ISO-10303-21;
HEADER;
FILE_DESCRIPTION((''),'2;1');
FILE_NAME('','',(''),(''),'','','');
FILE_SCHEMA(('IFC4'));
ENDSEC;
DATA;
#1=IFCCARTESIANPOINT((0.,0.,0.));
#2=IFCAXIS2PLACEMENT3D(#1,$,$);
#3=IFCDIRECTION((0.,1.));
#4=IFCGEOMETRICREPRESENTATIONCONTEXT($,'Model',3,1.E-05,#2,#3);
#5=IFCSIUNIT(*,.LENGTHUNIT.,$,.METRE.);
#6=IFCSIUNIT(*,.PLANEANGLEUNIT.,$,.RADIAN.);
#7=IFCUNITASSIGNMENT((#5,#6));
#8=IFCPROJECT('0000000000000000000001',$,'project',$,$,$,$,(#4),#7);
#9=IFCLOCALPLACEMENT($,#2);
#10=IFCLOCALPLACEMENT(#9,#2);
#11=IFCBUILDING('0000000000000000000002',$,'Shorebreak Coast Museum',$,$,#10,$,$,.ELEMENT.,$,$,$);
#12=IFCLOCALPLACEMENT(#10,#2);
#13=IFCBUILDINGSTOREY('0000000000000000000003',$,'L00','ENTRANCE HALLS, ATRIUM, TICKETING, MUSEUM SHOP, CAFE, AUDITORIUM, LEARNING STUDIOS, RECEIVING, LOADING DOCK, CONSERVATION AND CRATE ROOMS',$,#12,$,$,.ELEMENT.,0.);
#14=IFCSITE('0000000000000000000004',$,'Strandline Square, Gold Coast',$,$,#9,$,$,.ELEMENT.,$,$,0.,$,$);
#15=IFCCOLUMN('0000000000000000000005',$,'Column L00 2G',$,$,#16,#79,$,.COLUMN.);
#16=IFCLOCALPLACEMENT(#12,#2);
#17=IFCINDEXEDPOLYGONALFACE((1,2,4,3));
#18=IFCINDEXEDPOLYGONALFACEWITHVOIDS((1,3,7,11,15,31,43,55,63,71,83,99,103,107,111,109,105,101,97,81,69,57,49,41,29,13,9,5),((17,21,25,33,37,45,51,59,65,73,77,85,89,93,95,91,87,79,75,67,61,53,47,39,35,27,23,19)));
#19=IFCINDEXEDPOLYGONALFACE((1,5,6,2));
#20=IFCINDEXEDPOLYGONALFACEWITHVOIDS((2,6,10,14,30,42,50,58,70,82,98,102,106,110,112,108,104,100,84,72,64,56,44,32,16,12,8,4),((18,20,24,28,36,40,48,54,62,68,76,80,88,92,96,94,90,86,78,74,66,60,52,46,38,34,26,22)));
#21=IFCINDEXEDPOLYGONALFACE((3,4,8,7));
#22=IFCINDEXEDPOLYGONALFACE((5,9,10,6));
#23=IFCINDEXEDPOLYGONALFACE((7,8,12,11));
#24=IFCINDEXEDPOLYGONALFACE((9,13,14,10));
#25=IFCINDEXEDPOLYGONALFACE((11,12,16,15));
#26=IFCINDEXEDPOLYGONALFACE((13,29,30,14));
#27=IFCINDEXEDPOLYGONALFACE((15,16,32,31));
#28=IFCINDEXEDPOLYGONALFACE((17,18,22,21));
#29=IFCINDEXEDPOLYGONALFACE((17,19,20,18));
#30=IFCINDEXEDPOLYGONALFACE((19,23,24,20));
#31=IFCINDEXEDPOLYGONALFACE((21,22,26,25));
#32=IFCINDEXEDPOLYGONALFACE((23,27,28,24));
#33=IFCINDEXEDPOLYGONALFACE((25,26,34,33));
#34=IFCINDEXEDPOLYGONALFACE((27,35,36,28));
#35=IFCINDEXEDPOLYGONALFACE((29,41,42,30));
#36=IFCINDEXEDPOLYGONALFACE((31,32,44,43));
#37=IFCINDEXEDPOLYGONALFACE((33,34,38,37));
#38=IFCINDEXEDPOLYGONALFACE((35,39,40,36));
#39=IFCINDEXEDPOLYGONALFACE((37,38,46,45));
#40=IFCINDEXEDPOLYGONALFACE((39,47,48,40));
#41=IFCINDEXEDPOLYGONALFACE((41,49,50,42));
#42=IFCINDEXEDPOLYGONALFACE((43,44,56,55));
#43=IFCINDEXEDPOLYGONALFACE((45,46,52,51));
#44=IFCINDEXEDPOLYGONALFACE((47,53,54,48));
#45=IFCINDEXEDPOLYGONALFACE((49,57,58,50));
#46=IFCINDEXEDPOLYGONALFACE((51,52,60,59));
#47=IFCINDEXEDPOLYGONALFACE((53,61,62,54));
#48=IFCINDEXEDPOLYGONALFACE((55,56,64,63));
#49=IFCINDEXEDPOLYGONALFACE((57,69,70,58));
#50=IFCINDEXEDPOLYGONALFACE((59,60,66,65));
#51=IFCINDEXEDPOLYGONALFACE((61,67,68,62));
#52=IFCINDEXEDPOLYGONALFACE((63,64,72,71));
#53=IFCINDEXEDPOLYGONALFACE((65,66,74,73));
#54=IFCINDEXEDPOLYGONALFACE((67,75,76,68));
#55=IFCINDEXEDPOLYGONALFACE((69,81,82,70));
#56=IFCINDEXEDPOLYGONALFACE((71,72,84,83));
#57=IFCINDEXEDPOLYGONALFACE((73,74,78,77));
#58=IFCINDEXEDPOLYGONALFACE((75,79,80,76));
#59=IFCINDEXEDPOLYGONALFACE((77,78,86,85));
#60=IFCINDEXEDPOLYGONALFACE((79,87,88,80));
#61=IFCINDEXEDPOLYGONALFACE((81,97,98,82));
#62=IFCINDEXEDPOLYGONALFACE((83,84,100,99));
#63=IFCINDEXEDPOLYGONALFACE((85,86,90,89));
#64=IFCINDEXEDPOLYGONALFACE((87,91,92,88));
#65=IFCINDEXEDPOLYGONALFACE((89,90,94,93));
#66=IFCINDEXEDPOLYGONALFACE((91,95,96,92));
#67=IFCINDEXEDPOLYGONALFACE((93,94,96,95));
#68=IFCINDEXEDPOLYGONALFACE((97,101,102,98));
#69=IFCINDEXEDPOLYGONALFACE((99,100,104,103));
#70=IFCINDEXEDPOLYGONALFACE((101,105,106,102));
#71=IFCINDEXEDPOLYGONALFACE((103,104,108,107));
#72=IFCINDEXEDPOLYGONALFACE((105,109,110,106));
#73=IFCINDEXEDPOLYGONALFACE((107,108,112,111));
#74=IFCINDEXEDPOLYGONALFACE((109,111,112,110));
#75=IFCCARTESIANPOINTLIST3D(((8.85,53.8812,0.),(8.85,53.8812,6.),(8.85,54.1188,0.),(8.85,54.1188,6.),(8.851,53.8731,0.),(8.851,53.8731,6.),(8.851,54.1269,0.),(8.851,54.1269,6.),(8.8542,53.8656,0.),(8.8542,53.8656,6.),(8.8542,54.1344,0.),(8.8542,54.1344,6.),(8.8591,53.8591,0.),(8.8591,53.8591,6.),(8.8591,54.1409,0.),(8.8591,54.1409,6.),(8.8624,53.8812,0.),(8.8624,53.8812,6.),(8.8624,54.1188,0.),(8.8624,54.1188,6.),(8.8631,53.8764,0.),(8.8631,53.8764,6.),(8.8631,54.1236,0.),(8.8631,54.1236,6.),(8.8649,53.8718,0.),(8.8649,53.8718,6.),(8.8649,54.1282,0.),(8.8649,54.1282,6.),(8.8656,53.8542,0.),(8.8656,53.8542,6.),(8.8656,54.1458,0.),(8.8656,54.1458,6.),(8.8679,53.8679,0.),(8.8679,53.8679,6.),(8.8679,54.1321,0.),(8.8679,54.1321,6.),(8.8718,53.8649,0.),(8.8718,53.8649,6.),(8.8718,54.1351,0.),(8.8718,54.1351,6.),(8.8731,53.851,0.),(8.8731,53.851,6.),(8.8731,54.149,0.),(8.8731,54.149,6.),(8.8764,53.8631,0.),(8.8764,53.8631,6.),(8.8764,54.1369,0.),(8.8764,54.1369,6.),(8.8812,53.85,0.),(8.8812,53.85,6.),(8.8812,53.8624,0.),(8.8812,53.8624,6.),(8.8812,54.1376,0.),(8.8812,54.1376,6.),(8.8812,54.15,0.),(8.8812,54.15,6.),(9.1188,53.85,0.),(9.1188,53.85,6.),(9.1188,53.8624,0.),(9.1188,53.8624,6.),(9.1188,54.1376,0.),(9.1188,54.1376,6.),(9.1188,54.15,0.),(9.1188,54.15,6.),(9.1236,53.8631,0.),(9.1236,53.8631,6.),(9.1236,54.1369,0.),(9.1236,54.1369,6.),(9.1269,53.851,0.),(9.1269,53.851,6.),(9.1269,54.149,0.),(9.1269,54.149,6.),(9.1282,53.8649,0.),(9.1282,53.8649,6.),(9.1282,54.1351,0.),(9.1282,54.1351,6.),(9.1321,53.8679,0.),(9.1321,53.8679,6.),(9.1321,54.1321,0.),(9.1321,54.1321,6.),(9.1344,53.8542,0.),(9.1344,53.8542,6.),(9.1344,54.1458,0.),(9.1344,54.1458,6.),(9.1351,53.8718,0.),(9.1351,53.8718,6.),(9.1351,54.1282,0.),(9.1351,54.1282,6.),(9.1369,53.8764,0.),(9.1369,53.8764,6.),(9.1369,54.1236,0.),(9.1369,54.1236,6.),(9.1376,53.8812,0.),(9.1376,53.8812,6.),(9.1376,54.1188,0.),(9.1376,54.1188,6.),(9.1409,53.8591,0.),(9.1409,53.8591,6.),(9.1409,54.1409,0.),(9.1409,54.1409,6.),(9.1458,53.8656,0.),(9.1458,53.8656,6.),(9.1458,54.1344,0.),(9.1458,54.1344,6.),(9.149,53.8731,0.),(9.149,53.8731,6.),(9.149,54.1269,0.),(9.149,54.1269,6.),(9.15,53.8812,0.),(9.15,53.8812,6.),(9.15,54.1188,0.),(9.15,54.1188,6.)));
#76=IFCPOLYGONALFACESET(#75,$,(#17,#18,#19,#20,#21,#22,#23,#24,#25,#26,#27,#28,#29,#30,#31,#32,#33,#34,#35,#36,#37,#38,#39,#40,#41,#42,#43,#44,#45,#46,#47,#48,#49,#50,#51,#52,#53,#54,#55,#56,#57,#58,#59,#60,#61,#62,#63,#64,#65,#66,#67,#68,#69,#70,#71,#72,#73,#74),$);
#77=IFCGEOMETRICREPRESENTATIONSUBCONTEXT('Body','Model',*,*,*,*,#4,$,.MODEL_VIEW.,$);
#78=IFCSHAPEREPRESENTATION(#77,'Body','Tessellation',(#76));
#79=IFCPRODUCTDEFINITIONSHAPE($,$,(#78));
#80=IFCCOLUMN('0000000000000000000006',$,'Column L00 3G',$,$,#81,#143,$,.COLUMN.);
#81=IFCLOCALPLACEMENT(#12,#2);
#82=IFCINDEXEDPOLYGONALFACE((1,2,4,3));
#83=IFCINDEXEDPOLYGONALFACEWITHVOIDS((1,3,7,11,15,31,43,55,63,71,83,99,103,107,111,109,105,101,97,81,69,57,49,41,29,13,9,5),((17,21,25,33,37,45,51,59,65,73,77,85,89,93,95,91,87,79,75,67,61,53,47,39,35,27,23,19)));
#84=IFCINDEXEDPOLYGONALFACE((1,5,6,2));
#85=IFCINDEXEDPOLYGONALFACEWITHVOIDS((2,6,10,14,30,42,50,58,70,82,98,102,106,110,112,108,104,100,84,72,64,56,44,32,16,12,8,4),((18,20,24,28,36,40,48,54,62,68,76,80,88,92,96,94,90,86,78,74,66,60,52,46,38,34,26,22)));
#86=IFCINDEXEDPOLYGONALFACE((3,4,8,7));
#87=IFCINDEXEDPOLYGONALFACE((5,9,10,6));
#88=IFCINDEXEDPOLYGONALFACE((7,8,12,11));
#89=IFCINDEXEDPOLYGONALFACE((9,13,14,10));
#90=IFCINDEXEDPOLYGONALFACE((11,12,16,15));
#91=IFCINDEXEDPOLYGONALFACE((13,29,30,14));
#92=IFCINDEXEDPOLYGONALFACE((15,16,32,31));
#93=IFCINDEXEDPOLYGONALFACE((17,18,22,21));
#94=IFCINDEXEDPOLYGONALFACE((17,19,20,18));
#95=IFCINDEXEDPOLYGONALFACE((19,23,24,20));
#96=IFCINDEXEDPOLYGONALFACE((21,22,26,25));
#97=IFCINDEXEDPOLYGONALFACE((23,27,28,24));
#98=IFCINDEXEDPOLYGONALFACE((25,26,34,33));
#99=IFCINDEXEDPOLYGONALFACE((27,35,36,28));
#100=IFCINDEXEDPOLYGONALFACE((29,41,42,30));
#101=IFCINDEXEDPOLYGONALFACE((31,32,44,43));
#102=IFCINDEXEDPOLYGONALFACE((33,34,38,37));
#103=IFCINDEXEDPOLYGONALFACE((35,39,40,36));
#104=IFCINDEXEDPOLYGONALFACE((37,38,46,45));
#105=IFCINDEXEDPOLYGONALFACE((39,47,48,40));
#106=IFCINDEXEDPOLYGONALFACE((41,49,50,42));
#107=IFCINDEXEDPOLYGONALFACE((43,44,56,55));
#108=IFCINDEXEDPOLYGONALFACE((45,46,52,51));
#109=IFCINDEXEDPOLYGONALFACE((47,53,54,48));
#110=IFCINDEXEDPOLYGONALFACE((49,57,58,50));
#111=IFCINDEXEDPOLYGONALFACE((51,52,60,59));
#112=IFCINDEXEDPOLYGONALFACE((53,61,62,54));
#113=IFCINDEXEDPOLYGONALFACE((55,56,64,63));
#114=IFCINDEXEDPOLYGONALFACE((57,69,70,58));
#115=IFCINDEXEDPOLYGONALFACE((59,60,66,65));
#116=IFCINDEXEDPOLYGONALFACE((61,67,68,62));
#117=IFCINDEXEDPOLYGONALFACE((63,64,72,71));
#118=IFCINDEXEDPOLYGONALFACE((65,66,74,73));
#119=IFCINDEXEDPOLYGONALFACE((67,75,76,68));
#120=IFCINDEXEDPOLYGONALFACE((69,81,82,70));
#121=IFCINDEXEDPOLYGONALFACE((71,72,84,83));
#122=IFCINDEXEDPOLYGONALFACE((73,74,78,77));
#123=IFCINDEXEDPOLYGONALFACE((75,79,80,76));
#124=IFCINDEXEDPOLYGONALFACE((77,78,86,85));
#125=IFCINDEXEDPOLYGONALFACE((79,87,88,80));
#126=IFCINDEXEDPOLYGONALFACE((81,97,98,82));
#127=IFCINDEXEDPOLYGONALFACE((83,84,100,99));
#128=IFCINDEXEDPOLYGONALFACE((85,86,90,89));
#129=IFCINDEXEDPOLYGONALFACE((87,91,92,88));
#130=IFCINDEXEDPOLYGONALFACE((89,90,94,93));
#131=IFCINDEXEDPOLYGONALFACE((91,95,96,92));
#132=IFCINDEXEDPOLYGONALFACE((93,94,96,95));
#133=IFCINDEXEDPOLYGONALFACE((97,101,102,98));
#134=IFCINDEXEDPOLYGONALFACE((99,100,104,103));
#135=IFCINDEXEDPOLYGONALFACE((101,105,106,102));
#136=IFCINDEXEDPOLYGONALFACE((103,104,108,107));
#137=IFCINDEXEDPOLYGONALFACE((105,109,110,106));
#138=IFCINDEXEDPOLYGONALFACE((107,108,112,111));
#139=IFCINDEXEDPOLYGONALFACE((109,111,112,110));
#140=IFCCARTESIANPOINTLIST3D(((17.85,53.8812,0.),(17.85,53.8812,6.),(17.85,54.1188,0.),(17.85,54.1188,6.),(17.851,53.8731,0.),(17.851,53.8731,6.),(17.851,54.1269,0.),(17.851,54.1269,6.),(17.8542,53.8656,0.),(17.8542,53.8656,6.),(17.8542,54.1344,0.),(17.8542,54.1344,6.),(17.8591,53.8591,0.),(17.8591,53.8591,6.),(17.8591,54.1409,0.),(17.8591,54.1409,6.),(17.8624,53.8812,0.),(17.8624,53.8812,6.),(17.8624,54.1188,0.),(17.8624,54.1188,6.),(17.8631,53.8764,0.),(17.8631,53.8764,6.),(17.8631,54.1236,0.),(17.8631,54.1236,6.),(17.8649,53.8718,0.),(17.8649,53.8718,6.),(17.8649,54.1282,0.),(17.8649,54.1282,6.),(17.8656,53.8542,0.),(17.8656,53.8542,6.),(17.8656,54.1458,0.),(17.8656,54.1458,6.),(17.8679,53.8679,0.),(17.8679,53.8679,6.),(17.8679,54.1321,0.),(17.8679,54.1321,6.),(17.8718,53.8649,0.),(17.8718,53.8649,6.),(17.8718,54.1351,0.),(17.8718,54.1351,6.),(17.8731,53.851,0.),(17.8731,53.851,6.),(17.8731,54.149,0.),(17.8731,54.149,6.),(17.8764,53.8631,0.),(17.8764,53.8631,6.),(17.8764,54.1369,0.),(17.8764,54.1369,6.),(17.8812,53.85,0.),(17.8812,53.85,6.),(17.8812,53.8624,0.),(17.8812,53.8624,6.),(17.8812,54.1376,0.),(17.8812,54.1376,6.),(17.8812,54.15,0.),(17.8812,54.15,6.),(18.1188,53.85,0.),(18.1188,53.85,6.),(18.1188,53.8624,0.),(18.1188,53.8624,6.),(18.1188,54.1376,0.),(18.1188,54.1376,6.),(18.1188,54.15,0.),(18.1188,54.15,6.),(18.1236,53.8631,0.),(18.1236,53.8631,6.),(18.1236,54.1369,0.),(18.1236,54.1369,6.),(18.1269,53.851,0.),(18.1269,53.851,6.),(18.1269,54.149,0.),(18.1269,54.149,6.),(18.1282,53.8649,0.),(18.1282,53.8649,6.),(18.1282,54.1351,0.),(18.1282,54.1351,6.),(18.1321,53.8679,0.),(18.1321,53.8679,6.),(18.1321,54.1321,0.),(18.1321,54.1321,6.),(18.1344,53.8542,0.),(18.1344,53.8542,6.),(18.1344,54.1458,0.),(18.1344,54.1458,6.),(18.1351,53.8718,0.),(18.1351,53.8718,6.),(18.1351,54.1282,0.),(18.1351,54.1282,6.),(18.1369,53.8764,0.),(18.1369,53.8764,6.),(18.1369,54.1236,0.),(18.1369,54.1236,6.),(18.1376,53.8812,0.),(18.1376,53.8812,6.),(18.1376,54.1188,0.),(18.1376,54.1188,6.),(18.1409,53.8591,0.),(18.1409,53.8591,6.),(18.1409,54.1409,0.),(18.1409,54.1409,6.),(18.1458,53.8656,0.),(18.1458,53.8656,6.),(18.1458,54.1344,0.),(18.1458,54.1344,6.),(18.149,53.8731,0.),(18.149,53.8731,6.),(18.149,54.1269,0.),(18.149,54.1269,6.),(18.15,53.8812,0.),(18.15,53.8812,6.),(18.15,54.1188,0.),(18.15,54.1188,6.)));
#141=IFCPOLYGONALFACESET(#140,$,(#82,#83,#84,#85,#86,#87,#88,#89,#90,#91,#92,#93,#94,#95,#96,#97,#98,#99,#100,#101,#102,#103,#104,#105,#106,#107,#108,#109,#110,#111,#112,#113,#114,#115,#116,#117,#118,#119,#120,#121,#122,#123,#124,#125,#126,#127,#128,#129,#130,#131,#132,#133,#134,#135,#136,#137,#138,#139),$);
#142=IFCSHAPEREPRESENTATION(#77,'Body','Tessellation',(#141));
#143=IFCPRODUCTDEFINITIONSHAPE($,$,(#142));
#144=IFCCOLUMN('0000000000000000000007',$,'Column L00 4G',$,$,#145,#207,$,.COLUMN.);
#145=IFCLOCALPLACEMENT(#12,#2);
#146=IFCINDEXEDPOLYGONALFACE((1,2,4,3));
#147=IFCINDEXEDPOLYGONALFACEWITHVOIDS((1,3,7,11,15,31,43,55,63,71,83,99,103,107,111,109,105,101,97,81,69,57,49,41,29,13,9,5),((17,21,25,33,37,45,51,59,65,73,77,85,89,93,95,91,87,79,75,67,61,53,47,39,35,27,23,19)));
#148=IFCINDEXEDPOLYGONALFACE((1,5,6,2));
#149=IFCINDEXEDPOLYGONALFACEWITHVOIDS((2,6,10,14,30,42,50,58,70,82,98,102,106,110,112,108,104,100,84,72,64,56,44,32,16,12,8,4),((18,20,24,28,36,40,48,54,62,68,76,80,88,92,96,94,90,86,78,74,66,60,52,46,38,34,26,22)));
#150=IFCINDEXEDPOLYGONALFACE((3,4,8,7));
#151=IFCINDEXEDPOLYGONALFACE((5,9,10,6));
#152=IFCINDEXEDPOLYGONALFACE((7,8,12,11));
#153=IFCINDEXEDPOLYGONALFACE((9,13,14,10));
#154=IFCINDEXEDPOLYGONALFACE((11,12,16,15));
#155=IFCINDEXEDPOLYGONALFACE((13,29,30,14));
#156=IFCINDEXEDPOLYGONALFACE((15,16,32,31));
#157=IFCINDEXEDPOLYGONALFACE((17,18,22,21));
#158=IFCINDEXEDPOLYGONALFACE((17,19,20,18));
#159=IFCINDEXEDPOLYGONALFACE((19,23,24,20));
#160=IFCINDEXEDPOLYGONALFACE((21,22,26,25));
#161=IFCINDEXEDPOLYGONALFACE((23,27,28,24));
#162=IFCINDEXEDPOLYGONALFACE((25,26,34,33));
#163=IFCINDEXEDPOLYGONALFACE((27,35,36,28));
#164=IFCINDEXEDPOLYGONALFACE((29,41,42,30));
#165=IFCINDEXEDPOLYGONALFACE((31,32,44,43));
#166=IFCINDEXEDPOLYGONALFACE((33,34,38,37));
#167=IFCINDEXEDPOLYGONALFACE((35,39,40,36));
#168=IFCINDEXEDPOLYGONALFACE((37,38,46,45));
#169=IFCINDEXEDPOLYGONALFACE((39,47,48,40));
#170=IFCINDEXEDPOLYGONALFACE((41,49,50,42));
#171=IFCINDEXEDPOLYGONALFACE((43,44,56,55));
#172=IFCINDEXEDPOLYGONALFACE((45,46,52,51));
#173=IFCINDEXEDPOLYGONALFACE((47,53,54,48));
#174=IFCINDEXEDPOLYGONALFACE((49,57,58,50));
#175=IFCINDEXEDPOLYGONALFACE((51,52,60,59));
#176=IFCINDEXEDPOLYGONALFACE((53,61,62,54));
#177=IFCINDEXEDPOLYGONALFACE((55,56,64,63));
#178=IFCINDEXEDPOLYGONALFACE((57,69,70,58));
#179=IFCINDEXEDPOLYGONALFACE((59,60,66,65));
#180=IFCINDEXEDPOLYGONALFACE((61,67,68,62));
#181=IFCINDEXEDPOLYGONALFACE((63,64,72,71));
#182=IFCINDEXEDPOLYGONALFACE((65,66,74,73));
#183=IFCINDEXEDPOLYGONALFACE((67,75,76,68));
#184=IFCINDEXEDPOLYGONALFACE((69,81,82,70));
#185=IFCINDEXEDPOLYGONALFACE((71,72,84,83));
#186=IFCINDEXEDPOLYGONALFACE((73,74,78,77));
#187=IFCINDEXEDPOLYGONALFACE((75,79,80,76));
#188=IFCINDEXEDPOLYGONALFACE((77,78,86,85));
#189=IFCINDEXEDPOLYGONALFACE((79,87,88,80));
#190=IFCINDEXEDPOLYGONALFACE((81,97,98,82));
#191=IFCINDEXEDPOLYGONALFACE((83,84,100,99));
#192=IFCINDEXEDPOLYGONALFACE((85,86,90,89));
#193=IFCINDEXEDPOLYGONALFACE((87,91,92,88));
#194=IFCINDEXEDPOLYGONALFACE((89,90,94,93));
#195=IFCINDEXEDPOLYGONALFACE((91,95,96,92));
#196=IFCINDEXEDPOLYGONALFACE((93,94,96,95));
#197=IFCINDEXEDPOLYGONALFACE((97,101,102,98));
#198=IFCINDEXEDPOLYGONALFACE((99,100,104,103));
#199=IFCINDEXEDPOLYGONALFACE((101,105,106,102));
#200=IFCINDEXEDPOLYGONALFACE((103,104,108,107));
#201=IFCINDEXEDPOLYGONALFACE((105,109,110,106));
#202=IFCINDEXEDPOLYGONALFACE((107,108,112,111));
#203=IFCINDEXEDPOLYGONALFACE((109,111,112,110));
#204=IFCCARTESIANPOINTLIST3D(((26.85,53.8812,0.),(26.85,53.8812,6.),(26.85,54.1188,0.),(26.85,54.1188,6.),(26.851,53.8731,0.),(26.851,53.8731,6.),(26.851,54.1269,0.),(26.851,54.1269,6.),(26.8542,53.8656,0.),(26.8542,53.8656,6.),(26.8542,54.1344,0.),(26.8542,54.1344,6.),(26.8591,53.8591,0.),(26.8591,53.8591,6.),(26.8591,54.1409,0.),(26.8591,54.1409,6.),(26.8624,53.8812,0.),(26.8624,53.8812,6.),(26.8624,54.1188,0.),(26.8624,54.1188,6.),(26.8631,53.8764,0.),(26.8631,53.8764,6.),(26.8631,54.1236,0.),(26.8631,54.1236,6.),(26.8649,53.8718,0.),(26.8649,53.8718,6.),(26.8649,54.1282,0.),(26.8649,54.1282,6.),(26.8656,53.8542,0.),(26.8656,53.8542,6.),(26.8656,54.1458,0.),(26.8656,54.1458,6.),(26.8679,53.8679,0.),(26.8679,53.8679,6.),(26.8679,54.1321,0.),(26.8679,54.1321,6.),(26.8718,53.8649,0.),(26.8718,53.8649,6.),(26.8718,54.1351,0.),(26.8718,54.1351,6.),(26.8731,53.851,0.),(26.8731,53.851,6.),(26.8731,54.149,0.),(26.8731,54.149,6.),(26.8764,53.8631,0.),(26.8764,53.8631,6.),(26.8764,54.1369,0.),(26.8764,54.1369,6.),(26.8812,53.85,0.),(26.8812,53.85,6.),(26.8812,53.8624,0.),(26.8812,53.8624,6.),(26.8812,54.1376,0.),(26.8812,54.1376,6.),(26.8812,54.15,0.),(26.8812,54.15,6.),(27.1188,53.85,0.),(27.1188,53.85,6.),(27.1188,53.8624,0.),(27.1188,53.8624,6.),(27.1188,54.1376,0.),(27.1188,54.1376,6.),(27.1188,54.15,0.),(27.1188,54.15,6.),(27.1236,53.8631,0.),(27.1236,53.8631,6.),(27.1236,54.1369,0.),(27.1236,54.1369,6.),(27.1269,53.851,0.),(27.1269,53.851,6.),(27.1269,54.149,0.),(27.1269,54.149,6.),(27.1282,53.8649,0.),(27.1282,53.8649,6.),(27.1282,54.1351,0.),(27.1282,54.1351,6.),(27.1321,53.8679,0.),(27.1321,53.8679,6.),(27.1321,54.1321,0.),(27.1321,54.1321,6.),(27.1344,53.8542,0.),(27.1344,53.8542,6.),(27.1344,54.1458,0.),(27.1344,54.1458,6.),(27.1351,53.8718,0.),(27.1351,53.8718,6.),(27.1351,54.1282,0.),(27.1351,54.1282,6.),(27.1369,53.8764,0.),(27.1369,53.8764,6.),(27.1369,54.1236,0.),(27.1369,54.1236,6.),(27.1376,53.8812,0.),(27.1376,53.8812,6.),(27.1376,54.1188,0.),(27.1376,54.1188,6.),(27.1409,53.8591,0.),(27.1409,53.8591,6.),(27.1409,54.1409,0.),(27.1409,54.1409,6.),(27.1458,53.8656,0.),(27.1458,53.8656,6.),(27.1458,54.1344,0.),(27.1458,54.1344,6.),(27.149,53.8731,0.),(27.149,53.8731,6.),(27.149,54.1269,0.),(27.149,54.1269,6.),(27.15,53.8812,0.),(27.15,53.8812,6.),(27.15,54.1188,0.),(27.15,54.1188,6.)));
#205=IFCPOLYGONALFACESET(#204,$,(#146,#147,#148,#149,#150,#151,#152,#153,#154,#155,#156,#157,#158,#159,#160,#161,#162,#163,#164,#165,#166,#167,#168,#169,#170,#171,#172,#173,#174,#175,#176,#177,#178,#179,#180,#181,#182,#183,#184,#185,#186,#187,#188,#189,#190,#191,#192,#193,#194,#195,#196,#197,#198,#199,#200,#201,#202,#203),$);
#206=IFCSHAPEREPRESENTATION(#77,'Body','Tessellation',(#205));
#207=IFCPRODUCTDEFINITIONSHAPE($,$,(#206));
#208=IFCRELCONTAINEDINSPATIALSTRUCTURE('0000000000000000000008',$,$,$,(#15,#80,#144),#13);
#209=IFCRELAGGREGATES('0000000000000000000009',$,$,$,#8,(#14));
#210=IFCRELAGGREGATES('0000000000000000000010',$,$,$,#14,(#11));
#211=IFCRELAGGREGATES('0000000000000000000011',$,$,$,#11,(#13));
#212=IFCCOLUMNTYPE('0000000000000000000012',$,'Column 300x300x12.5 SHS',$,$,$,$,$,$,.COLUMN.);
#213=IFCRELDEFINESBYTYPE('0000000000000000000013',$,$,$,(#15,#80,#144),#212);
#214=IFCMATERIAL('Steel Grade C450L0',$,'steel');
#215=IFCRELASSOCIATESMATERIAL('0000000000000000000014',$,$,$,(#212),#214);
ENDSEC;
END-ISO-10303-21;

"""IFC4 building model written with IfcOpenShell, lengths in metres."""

from ifc_helpers import new_model, si_unit, direction, frame, origin, origin_2d, place, context, subcontext, project, spatial, hollow_rectangle, extrude, material, material_profile, profile_set, type_object, element, save


model = new_model("IFC4")

# Units and contexts
model_context = context("Model", 3, precision=1e-05, world=origin(), true_north=direction((0.0, 1.0)))
body_context = subcontext(model_context, "Body", "Model", "MODEL_VIEW")
ifc_project = project(units=[si_unit("LENGTHUNIT", "METRE"), si_unit("PLANEANGLEUNIT", "RADIAN")], contexts=[model_context])

# Site, building, storey
site_placement = place(None, origin())
site = spatial("IfcSite", under=ifc_project, at=site_placement, Name="Strandline Square, Gold Coast", CompositionType="ELEMENT", RefElevation=0.0)
building_placement = place(site_placement, origin())
building = spatial("IfcBuilding", under=site, at=building_placement, Name="Shorebreak Coast Museum", CompositionType="ELEMENT")
storey_placement = place(building_placement, origin())
storey = spatial("IfcBuildingStorey", under=building, at=storey_placement, Name="L00", Description="ENTRANCE HALLS, ATRIUM, TICKETING, MUSEUM SHOP, CAFE, AUDITORIUM, LEARNING STUDIOS, RECEIVING, LOADING DOCK, CONSERVATION AND CRATE ROOMS", CompositionType="ELEMENT", Elevation=0.0)

# Columns
ifc_material_1 = material(Name="Steel Grade C450L0", Category="steel")
ifc_material_profile_1 = material_profile(ifc_material_1, hollow_rectangle(XDim=0.3, YDim=0.3, WallThickness=0.0125, InnerFilletRadius=0.0188, OuterFilletRadius=0.0312, at=origin_2d()), Name="300x300x12.5 SHS")
ifc_profile_set_1 = profile_set([ifc_material_profile_1], Name="Steel Grade C450L0")
column_type = type_object("IfcColumnType", Name="Column 300x300x12.5 SHS", PredefinedType="COLUMN", material=ifc_profile_set_1)
for number, where, z_axis, x_axis, name in (
    (1, (9.0, 54.0, 0.0), (0.0, 0.0, 1.0), (1.0, 0.0, 0.0), "Column L00 2G"),
    (2, (18.0, 54.0, 0.0), (0.0, 0.0, 1.0), (1.0, 0.0, 0.0), "Column L00 3G"),
    (3, (27.0, 54.0, 0.0), (0.0, 0.0, 1.0), (1.0, 0.0, 0.0), "Column L00 4G"),
):
    element("IfcColumn", number, at=place(storey_placement, frame(where, z_axis=z_axis, x_axis=x_axis)), inside=storey, type_object=column_type, Name=name, PredefinedType="COLUMN", context=body_context, shape_type="SweptSolid", body=[
        extrude(hollow_rectangle(XDim=0.3, YDim=0.3, WallThickness=0.0125, InnerFilletRadius=0.0188, OuterFilletRadius=0.0312, at=origin_2d()), origin(), (0.0, 0.0, 1.0), 6.0),
    ])

save(model, "model.ifc")
